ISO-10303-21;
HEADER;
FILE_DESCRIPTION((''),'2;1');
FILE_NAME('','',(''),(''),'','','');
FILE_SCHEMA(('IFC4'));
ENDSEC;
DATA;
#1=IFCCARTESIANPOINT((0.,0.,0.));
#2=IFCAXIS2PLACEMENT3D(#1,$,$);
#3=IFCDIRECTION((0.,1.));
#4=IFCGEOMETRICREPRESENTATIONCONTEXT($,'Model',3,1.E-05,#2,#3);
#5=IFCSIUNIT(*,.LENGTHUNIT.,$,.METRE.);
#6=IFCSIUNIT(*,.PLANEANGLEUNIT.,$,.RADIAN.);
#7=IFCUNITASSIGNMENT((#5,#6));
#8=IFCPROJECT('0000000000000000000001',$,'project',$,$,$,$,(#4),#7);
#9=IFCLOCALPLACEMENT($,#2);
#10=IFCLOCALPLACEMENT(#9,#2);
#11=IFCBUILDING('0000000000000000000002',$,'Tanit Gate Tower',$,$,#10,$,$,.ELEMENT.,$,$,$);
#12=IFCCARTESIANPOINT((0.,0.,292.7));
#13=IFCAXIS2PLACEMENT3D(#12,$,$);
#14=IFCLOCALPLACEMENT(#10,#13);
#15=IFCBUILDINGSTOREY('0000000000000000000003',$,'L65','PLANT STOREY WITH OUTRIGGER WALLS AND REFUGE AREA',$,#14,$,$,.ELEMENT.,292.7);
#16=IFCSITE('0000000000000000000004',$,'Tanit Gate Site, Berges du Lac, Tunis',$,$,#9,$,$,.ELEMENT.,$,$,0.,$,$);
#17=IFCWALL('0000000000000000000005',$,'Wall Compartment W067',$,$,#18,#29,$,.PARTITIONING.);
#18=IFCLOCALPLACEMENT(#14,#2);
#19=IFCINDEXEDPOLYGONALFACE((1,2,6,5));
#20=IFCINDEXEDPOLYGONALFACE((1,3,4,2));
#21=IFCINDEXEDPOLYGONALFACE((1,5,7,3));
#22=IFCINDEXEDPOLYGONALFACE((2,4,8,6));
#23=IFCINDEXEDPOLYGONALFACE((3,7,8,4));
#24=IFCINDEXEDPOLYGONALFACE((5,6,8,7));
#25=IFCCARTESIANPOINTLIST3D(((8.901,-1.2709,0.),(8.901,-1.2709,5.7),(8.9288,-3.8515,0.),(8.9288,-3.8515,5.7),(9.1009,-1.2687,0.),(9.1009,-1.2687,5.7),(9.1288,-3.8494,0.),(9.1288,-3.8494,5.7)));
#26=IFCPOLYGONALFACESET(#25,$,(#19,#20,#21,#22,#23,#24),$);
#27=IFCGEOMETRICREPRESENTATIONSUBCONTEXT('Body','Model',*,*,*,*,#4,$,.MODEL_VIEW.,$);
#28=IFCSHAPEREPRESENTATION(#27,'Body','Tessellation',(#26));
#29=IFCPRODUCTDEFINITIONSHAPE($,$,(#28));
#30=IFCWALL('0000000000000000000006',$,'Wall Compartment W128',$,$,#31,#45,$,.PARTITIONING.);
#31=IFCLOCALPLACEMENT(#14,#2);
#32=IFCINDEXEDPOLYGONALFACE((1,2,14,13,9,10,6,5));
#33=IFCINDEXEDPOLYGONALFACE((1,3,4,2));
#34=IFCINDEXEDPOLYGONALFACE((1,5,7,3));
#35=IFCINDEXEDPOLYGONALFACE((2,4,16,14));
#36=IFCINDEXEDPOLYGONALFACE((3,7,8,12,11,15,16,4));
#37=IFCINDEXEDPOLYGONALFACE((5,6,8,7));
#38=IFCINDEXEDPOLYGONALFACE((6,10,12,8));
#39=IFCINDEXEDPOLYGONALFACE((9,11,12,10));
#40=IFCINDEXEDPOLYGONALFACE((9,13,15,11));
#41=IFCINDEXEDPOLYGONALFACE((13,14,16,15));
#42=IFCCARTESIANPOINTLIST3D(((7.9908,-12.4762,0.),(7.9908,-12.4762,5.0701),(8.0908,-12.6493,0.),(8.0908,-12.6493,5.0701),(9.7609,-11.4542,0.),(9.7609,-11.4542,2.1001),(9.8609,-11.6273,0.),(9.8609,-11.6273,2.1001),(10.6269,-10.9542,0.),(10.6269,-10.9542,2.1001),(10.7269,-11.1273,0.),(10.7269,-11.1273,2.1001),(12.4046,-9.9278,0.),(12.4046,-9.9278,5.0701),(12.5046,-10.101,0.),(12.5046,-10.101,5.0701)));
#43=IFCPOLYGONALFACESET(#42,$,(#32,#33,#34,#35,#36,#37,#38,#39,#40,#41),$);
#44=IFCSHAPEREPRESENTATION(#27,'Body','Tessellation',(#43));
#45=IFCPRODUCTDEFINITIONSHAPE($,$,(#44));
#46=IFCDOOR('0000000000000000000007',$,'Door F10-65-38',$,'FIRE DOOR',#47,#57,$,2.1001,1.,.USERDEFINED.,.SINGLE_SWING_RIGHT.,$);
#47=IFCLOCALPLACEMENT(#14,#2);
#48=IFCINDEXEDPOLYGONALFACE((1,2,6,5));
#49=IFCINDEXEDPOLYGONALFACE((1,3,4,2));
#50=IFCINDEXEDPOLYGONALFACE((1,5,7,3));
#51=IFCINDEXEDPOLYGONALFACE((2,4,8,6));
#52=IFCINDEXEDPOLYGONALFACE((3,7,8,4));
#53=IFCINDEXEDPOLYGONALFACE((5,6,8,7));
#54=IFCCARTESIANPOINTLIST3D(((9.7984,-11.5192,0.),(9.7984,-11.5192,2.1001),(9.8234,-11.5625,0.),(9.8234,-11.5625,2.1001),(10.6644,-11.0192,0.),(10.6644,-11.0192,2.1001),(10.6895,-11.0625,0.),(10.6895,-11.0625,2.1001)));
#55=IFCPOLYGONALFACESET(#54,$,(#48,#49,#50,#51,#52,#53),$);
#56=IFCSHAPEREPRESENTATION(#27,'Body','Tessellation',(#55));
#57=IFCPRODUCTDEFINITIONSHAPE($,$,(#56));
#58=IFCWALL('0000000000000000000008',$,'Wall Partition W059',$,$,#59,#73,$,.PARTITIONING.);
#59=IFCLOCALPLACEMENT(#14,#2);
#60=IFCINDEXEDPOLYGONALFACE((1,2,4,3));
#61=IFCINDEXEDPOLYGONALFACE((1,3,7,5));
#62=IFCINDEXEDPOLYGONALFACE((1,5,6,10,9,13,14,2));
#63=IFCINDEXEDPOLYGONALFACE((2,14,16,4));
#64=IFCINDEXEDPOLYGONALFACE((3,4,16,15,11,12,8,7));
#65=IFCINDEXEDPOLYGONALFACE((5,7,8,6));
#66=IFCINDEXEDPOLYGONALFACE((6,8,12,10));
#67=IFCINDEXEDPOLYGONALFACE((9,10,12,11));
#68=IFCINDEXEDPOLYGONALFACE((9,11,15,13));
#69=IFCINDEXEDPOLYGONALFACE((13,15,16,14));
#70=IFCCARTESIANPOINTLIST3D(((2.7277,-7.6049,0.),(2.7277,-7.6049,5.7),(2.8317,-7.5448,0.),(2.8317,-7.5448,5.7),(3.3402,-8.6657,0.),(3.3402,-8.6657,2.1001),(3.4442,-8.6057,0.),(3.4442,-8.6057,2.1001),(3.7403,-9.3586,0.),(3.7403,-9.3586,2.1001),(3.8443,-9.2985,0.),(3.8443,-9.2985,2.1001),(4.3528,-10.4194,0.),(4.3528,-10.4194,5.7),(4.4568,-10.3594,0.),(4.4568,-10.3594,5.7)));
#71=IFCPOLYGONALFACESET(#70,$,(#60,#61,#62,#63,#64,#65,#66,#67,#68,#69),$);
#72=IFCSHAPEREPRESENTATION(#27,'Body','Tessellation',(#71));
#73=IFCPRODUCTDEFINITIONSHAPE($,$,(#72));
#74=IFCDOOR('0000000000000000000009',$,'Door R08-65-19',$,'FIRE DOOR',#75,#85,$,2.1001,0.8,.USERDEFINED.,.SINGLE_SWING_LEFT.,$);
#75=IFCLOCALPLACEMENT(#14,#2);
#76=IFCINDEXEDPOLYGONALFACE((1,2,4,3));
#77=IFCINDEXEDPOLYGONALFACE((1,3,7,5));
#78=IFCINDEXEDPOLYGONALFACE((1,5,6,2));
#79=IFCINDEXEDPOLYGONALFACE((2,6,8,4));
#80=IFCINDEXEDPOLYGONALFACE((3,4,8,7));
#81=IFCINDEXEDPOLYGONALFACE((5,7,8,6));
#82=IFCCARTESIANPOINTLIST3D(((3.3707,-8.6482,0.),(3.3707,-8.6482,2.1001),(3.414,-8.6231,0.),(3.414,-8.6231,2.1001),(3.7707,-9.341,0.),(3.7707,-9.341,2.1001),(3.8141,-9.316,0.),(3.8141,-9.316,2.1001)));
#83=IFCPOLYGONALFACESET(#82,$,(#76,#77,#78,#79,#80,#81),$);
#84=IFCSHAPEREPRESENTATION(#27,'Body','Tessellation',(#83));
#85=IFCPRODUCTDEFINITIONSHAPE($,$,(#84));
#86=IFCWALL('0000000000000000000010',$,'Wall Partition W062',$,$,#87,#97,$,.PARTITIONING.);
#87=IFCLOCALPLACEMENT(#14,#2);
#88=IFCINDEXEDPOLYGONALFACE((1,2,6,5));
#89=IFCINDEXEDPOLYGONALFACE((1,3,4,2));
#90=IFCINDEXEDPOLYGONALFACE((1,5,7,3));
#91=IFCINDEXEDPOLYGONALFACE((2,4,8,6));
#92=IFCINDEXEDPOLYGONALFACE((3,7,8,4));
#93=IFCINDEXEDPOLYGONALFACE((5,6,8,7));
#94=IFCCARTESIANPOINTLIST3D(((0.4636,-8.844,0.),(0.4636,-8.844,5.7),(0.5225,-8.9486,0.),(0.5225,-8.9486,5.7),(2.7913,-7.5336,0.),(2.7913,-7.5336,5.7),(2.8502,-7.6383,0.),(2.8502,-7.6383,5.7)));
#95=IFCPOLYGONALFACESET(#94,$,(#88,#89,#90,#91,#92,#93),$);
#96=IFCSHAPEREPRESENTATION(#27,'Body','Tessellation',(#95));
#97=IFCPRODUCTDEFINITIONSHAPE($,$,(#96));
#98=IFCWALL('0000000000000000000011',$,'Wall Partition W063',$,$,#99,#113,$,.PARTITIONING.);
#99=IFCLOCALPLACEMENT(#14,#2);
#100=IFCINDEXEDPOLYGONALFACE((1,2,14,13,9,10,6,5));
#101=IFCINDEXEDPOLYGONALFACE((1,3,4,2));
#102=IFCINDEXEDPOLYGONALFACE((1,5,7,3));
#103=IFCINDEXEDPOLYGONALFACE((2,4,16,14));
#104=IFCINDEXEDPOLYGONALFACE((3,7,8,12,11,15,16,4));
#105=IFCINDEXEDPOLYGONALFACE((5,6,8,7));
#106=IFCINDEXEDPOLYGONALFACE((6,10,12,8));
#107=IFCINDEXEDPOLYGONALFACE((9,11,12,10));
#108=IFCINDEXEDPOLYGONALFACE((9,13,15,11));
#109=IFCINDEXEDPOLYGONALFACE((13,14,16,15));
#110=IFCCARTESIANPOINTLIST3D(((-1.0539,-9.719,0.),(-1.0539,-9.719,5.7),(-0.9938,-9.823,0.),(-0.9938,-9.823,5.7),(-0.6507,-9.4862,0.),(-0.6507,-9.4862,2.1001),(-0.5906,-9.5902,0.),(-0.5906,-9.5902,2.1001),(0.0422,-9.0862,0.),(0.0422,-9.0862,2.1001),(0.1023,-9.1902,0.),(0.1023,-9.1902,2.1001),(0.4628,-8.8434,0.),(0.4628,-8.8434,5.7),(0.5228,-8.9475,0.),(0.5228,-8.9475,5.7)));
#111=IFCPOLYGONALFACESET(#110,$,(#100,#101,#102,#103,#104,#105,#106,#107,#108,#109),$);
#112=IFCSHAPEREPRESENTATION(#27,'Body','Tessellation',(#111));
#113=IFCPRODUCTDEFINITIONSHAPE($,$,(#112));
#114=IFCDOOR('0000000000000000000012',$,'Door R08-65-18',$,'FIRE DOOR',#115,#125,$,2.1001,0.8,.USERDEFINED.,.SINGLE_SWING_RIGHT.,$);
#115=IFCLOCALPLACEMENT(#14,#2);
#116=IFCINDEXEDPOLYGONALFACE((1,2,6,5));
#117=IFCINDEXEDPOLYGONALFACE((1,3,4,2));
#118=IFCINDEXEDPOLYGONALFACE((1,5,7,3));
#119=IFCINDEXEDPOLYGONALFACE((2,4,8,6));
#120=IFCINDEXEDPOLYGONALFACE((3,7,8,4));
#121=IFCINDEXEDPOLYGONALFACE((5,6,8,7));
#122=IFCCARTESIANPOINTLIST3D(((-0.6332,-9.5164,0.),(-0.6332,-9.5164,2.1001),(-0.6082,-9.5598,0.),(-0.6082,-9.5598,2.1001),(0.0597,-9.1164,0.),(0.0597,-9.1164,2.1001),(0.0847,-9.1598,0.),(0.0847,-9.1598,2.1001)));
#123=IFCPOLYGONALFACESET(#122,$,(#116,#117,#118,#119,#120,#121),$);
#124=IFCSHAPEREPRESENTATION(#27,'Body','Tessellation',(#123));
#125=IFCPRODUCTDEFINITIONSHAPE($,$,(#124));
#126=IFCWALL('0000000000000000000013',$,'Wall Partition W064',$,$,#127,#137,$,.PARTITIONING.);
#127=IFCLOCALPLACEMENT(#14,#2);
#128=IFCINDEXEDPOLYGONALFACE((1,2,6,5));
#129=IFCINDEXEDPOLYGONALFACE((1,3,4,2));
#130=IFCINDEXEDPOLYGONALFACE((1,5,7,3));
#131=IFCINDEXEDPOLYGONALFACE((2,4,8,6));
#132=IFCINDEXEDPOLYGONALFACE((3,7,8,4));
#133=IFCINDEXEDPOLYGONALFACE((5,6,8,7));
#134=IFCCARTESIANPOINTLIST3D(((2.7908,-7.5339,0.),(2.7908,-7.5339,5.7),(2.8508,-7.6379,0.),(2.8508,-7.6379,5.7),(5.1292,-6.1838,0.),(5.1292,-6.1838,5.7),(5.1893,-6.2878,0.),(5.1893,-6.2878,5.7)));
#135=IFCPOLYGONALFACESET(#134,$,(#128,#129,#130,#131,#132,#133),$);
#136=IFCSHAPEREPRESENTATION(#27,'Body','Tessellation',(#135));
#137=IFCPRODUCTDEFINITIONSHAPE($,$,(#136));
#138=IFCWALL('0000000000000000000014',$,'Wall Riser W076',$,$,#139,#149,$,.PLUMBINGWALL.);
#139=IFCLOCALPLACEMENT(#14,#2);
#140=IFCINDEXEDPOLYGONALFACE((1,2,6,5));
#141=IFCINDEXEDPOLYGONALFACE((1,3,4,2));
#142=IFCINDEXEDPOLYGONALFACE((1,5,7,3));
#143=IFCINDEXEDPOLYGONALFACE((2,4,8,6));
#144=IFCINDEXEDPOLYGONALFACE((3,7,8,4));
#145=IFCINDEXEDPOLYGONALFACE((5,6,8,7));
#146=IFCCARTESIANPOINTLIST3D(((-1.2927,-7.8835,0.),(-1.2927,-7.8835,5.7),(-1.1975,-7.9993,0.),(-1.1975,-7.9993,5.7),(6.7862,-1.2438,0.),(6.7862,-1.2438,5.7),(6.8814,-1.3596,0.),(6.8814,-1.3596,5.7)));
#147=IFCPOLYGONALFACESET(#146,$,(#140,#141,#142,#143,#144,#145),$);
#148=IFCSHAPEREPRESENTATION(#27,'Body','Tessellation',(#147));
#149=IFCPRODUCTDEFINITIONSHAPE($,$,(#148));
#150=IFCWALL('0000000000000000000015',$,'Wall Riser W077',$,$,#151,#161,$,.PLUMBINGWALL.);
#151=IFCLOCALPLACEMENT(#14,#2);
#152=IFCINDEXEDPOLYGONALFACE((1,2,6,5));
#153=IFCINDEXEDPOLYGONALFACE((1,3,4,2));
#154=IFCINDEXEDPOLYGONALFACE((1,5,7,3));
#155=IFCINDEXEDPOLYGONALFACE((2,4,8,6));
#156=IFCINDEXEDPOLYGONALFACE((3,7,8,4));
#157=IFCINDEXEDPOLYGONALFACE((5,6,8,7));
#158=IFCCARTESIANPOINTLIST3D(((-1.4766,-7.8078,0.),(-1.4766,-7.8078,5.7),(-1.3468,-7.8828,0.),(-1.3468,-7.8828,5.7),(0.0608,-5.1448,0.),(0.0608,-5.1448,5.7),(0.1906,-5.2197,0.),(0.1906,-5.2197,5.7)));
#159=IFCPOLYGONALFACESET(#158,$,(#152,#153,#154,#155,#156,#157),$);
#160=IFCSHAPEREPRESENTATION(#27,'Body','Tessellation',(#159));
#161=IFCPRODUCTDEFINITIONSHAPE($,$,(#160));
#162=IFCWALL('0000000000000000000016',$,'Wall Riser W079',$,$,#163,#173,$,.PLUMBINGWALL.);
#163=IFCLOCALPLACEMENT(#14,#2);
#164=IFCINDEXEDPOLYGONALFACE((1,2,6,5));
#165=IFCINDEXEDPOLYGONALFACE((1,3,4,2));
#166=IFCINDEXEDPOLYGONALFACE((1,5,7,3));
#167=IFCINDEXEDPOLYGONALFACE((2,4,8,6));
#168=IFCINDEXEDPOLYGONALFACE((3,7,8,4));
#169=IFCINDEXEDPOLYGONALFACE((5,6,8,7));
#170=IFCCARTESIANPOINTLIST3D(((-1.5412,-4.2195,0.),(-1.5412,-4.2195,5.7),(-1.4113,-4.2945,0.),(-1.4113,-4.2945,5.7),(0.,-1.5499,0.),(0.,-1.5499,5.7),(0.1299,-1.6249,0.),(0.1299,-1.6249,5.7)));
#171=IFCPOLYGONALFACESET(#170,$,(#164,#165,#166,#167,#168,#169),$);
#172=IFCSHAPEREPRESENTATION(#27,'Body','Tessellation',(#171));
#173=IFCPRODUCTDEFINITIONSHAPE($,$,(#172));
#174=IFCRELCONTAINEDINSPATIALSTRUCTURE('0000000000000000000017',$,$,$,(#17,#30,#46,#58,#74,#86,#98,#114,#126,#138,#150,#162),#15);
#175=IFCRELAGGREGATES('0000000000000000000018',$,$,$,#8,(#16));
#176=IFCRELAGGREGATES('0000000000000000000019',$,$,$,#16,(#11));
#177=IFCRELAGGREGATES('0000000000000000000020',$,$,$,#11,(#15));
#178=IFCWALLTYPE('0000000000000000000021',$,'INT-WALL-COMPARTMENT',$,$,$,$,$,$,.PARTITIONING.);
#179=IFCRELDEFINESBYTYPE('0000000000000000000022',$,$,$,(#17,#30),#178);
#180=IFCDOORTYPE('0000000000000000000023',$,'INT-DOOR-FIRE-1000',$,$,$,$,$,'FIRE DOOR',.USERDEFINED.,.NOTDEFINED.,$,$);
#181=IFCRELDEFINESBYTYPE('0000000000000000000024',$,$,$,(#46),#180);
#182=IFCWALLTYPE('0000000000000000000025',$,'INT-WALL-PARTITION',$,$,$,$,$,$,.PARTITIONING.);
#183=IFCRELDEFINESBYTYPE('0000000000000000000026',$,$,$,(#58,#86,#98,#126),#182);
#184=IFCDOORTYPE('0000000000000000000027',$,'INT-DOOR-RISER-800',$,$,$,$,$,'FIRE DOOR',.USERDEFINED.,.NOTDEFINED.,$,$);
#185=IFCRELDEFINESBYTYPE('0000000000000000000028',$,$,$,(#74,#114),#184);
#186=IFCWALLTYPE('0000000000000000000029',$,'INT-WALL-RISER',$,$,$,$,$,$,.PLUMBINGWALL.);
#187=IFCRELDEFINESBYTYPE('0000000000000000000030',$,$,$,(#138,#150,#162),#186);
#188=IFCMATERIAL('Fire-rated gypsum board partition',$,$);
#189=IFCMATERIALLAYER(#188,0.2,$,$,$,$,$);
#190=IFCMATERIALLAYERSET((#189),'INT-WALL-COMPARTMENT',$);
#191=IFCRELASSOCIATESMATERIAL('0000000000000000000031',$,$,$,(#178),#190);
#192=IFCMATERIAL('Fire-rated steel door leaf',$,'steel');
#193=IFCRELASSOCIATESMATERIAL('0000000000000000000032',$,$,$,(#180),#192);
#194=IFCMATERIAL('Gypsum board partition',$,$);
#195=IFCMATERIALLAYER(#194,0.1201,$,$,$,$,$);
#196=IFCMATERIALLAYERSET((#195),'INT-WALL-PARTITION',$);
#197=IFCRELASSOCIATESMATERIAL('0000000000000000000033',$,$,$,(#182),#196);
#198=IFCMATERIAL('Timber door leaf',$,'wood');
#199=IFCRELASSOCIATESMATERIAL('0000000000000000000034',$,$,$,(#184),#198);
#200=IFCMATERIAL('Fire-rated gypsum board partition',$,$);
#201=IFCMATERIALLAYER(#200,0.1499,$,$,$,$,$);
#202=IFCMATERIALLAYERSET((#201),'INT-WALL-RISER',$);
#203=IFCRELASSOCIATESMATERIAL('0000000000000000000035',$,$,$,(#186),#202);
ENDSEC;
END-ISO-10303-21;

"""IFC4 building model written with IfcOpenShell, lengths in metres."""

from ifc_helpers import new_model, si_unit, direction, frame, frame_2d, origin, place, context, subcontext, project, spatial, rectangle, extrude, material, layer, layer_set, type_object, element, fill, save


model = new_model("IFC4")

# Units and contexts
model_context = context("Model", 3, precision=1e-05, world=origin(), true_north=direction((0.0, 1.0)))
body_context = subcontext(model_context, "Body", "Model", "MODEL_VIEW")
ifc_project = project(units=[si_unit("LENGTHUNIT", "METRE"), si_unit("PLANEANGLEUNIT", "RADIAN")], contexts=[model_context])

# Site, building, storey
site_placement = place(None, origin())
site = spatial("IfcSite", under=ifc_project, at=site_placement, Name="Tanit Gate Site, Berges du Lac, Tunis", CompositionType="ELEMENT", RefElevation=0.0)
building_placement = place(site_placement, origin())
building = spatial("IfcBuilding", under=site, at=building_placement, Name="Tanit Gate Tower", CompositionType="ELEMENT")
storey_placement = place(building_placement, frame((0.0, 0.0, 292.7)))
storey = spatial("IfcBuildingStorey", under=building, at=storey_placement, Name="L65", Description="PLANT STOREY WITH OUTRIGGER WALLS AND REFUGE AREA", CompositionType="ELEMENT", Elevation=292.7)

# Wall
ifc_material_1 = material(Name="Fire-rated gypsum board partition")
ifc_layer_1 = layer(ifc_material_1, 0.2)
ifc_layer_set_1 = layer_set([ifc_layer_1], Name="INT-WALL-COMPARTMENT")
wall_type_1 = type_object("IfcWallType", Name="INT-WALL-COMPARTMENT", PredefinedType="PARTITIONING", material=ifc_layer_set_1)
wall_1_placement = place(storey_placement, frame((9.0288, -3.8506, 0.0), z_axis=(0.0, 0.0, 1.0), x_axis=(-0.010785, 0.999942, 0.0)))
element("IfcWall", 1, at=wall_1_placement, inside=storey, type_object=wall_type_1, Name="Wall Compartment W067", PredefinedType="PARTITIONING", context=body_context, shape_type="SweptSolid", body=[
    extrude(rectangle(XDim=2.5808, YDim=0.2, at=frame_2d((1.2905, 0.0))), origin(), (0.0, 0.0, 1.0), 5.7),
])

# Walls, openings, doors
wall_2_placement = place(storey_placement, frame((8.0408, -12.5627, 0.0), z_axis=(0.0, 0.0, 1.0), x_axis=(0.866024, 0.500003, 0.0)))
wall_2 = element("IfcWall", 2, at=wall_2_placement, inside=storey, type_object=wall_type_1, Name="Wall Compartment W128", PredefinedType="PARTITIONING", context=body_context, shape_type="SweptSolid", body=[
    extrude(rectangle(XDim=5.0967, YDim=0.2, at=frame_2d((2.5483, 0.0))), origin(), (0.0, 0.0, 1.0), 5.0701),
])
opening_1_placement = place(wall_2_placement, frame((2.0439, 0.0, 0.0)))
opening_1 = element("IfcOpeningElement", 3, at=opening_1_placement, cuts=wall_2, PredefinedType="OPENING", context=body_context, shape_type="SweptSolid", body=[
    extrude(rectangle(XDim=1.0, YDim=2.1001, at=frame_2d((0.5, 1.05))), frame((0.0, 0.1099, 0.0), z_axis=(0.0, -1.0, 0.0), x_axis=(1.0, 0.0, 0.0)), (0.0, 0.0, 1.0), 0.22),
])
ifc_material_2 = material(Name="Fire-rated steel door leaf", Category="steel")
door_type_1 = type_object("IfcDoorType", Name="INT-DOOR-FIRE-1000", ElementType="FIRE DOOR", OperationType="NOTDEFINED", PredefinedType="USERDEFINED", material=ifc_material_2)
door_1_placement = place(opening_1_placement, origin())
door_1 = element("IfcDoor", 4, at=door_1_placement, inside=storey, type_object=door_type_1, Name="Door F10-65-38", ObjectType="FIRE DOOR", OperationType="SINGLE_SWING_RIGHT", OverallHeight=2.1001, OverallWidth=1.0, PredefinedType="USERDEFINED", context=body_context, shape_type="SweptSolid", body=[
    extrude(rectangle(XDim=1.0, YDim=2.1001, at=frame_2d((0.5, 1.05))), frame((0.0, 0.0249, 0.0), z_axis=(0.0, -1.0, 0.0), x_axis=(1.0, 0.0, 0.0)), (0.0, 0.0, 1.0), 0.05),
])
fill(opening_1, door_1)
ifc_material_3 = material(Name="Gypsum board partition")
ifc_layer_2 = layer(ifc_material_3, 0.1201)
ifc_layer_set_2 = layer_set([ifc_layer_2], Name="INT-WALL-PARTITION")
wall_type_2 = type_object("IfcWallType", Name="INT-WALL-PARTITION", PredefinedType="PARTITIONING", material=ifc_layer_set_2)
wall_3_placement = place(storey_placement, frame((4.4048, -10.3894, 0.0), z_axis=(0.0, 0.0, 1.0), x_axis=(-0.500017, 0.866015, 0.0)))
wall_3 = element("IfcWall", 5, at=wall_3_placement, inside=storey, type_object=wall_type_2, Name="Wall Partition W059", PredefinedType="PARTITIONING", context=body_context, shape_type="SweptSolid", body=[
    extrude(rectangle(XDim=3.25, YDim=0.1201, at=frame_2d((1.625, 0.0))), origin(), (0.0, 0.0, 1.0), 5.7),
])
opening_2_placement = place(wall_3_placement, frame((1.2251, 0.0, 0.0)))
opening_2 = element("IfcOpeningElement", 6, at=opening_2_placement, cuts=wall_3, PredefinedType="OPENING", context=body_context, shape_type="SweptSolid", body=[
    extrude(rectangle(XDim=0.8, YDim=2.1001, at=frame_2d((0.3999, 1.05))), frame((0.0, 0.0701, 0.0), z_axis=(0.0, -1.0, 0.0), x_axis=(1.0, 0.0, 0.0)), (0.0, 0.0, 1.0), 0.1401),
])
ifc_material_4 = material(Name="Timber door leaf", Category="wood")
door_type_2 = type_object("IfcDoorType", Name="INT-DOOR-RISER-800", ElementType="FIRE DOOR", OperationType="NOTDEFINED", PredefinedType="USERDEFINED", material=ifc_material_4)
door_2_placement = place(opening_2_placement, origin())
door_2 = element("IfcDoor", 7, at=door_2_placement, inside=storey, type_object=door_type_2, Name="Door R08-65-19", ObjectType="FIRE DOOR", OperationType="SINGLE_SWING_LEFT", OverallHeight=2.1001, OverallWidth=0.8, PredefinedType="USERDEFINED", context=body_context, shape_type="SweptSolid", body=[
    extrude(rectangle(XDim=0.8, YDim=2.1001, at=frame_2d((0.3999, 1.05))), frame((0.0, 0.0249, 0.0), z_axis=(0.0, -1.0, 0.0), x_axis=(1.0, 0.0, 0.0)), (0.0, 0.0, 1.0), 0.05),
])
fill(opening_2, door_2)

# Wall
wall_4_placement = place(storey_placement, frame((0.4932, -8.8962, 0.0), z_axis=(0.0, 0.0, 1.0), x_axis=(0.871414, 0.490548, 0.0)))
element("IfcWall", 8, at=wall_4_placement, inside=storey, type_object=wall_type_2, Name="Wall Partition W062", PredefinedType="PARTITIONING", context=body_context, shape_type="SweptSolid", body=[
    extrude(rectangle(XDim=2.6711, YDim=0.1201, at=frame_2d((1.3354, 0.0))), origin(), (0.0, 0.0, 1.0), 5.7),
])

# Wall, opening, door
wall_5_placement = place(storey_placement, frame((0.4927, -8.8955, 0.0), z_axis=(0.0, 0.0, 1.0), x_axis=(-0.866056, -0.499948, 0.0)))
wall_5 = element("IfcWall", 9, at=wall_5_placement, inside=storey, type_object=wall_type_2, Name="Wall Partition W063", PredefinedType="PARTITIONING", context=body_context, shape_type="SweptSolid", body=[
    extrude(rectangle(XDim=1.7512, YDim=0.1201, at=frame_2d((0.8755, 0.0))), origin(), (0.0, 0.0, 1.0), 5.7),
])
opening_3_placement = place(wall_5_placement, frame((0.4856, 0.0, 0.0)))
opening_3 = element("IfcOpeningElement", 10, at=opening_3_placement, cuts=wall_5, PredefinedType="OPENING", context=body_context, shape_type="SweptSolid", body=[
    extrude(rectangle(XDim=0.8, YDim=2.1001, at=frame_2d((0.3999, 1.05))), frame((0.0, 0.0701, 0.0), z_axis=(0.0, -1.0, 0.0), x_axis=(1.0, 0.0, 0.0)), (0.0, 0.0, 1.0), 0.1401),
])
door_3_placement = place(opening_3_placement, origin())
door_3 = element("IfcDoor", 11, at=door_3_placement, inside=storey, type_object=door_type_2, Name="Door R08-65-18", ObjectType="FIRE DOOR", OperationType="SINGLE_SWING_RIGHT", OverallHeight=2.1001, OverallWidth=0.8, PredefinedType="USERDEFINED", context=body_context, shape_type="SweptSolid", body=[
    extrude(rectangle(XDim=0.8, YDim=2.1001, at=frame_2d((0.3999, 1.05))), frame((0.0, 0.0249, 0.0), z_axis=(0.0, -1.0, 0.0), x_axis=(1.0, 0.0, 0.0)), (0.0, 0.0, 1.0), 0.05),
])
fill(opening_3, door_3)

# Walls
wall_6_placement = place(storey_placement, frame((2.8208, -7.5859, 0.0), z_axis=(0.0, 0.0, 1.0), x_axis=(0.86602, 0.500009, 0.0)))
element("IfcWall", 12, at=wall_6_placement, inside=storey, type_object=wall_type_2, Name="Wall Partition W064", PredefinedType="PARTITIONING", context=body_context, shape_type="SweptSolid", body=[
    extrude(rectangle(XDim=2.7002, YDim=0.1201, at=frame_2d((1.3501, 0.0))), origin(), (0.0, 0.0, 1.0), 5.7),
])
ifc_material_5 = material(Name="Fire-rated gypsum board partition")
ifc_layer_3 = layer(ifc_material_5, 0.1499)
ifc_layer_set_3 = layer_set([ifc_layer_3], Name="INT-WALL-RISER")
wall_type_3 = type_object("IfcWallType", Name="INT-WALL-RISER", PredefinedType="PLUMBINGWALL", material=ifc_layer_set_3)
wall_7_placement = place(storey_placement, frame((6.8337, -1.3018, 0.0), z_axis=(0.0, 0.0, 1.0), x_axis=(-0.772565, -0.634936, 0.0)))
element("IfcWall", 13, at=wall_7_placement, inside=storey, type_object=wall_type_3, Name="Wall Riser W076", PredefinedType="PLUMBINGWALL", context=body_context, shape_type="SweptSolid", body=[
    extrude(rectangle(XDim=10.4573, YDim=0.1499, at=frame_2d((5.2285, 0.0))), origin(), (0.0, 0.0, 1.0), 5.7),
])
wall_8_placement = place(storey_placement, frame((0.1257, -5.1821, 0.0), z_axis=(0.0, 0.0, 1.0), x_axis=(-0.499956, -0.866051, 0.0)))
element("IfcWall", 14, at=wall_8_placement, inside=storey, type_object=wall_type_3, Name="Wall Riser W077", PredefinedType="PLUMBINGWALL", context=body_context, shape_type="SweptSolid", body=[
    extrude(rectangle(XDim=3.075, YDim=0.1499, at=frame_2d((1.5376, 0.0))), origin(), (0.0, 0.0, 1.0), 5.7),
])
wall_9_placement = place(storey_placement, frame((0.0649, -1.5874, 0.0), z_axis=(0.0, 0.0, 1.0), x_axis=(-0.499981, -0.866037, 0.0)))
element("IfcWall", 15, at=wall_9_placement, inside=storey, type_object=wall_type_3, Name="Wall Riser W079", PredefinedType="PLUMBINGWALL", context=body_context, shape_type="SweptSolid", body=[
    extrude(rectangle(XDim=3.0825, YDim=0.1499, at=frame_2d((1.5413, 0.0))), origin(), (0.0, 0.0, 1.0), 5.7),
])

save(model, "model.ifc")
